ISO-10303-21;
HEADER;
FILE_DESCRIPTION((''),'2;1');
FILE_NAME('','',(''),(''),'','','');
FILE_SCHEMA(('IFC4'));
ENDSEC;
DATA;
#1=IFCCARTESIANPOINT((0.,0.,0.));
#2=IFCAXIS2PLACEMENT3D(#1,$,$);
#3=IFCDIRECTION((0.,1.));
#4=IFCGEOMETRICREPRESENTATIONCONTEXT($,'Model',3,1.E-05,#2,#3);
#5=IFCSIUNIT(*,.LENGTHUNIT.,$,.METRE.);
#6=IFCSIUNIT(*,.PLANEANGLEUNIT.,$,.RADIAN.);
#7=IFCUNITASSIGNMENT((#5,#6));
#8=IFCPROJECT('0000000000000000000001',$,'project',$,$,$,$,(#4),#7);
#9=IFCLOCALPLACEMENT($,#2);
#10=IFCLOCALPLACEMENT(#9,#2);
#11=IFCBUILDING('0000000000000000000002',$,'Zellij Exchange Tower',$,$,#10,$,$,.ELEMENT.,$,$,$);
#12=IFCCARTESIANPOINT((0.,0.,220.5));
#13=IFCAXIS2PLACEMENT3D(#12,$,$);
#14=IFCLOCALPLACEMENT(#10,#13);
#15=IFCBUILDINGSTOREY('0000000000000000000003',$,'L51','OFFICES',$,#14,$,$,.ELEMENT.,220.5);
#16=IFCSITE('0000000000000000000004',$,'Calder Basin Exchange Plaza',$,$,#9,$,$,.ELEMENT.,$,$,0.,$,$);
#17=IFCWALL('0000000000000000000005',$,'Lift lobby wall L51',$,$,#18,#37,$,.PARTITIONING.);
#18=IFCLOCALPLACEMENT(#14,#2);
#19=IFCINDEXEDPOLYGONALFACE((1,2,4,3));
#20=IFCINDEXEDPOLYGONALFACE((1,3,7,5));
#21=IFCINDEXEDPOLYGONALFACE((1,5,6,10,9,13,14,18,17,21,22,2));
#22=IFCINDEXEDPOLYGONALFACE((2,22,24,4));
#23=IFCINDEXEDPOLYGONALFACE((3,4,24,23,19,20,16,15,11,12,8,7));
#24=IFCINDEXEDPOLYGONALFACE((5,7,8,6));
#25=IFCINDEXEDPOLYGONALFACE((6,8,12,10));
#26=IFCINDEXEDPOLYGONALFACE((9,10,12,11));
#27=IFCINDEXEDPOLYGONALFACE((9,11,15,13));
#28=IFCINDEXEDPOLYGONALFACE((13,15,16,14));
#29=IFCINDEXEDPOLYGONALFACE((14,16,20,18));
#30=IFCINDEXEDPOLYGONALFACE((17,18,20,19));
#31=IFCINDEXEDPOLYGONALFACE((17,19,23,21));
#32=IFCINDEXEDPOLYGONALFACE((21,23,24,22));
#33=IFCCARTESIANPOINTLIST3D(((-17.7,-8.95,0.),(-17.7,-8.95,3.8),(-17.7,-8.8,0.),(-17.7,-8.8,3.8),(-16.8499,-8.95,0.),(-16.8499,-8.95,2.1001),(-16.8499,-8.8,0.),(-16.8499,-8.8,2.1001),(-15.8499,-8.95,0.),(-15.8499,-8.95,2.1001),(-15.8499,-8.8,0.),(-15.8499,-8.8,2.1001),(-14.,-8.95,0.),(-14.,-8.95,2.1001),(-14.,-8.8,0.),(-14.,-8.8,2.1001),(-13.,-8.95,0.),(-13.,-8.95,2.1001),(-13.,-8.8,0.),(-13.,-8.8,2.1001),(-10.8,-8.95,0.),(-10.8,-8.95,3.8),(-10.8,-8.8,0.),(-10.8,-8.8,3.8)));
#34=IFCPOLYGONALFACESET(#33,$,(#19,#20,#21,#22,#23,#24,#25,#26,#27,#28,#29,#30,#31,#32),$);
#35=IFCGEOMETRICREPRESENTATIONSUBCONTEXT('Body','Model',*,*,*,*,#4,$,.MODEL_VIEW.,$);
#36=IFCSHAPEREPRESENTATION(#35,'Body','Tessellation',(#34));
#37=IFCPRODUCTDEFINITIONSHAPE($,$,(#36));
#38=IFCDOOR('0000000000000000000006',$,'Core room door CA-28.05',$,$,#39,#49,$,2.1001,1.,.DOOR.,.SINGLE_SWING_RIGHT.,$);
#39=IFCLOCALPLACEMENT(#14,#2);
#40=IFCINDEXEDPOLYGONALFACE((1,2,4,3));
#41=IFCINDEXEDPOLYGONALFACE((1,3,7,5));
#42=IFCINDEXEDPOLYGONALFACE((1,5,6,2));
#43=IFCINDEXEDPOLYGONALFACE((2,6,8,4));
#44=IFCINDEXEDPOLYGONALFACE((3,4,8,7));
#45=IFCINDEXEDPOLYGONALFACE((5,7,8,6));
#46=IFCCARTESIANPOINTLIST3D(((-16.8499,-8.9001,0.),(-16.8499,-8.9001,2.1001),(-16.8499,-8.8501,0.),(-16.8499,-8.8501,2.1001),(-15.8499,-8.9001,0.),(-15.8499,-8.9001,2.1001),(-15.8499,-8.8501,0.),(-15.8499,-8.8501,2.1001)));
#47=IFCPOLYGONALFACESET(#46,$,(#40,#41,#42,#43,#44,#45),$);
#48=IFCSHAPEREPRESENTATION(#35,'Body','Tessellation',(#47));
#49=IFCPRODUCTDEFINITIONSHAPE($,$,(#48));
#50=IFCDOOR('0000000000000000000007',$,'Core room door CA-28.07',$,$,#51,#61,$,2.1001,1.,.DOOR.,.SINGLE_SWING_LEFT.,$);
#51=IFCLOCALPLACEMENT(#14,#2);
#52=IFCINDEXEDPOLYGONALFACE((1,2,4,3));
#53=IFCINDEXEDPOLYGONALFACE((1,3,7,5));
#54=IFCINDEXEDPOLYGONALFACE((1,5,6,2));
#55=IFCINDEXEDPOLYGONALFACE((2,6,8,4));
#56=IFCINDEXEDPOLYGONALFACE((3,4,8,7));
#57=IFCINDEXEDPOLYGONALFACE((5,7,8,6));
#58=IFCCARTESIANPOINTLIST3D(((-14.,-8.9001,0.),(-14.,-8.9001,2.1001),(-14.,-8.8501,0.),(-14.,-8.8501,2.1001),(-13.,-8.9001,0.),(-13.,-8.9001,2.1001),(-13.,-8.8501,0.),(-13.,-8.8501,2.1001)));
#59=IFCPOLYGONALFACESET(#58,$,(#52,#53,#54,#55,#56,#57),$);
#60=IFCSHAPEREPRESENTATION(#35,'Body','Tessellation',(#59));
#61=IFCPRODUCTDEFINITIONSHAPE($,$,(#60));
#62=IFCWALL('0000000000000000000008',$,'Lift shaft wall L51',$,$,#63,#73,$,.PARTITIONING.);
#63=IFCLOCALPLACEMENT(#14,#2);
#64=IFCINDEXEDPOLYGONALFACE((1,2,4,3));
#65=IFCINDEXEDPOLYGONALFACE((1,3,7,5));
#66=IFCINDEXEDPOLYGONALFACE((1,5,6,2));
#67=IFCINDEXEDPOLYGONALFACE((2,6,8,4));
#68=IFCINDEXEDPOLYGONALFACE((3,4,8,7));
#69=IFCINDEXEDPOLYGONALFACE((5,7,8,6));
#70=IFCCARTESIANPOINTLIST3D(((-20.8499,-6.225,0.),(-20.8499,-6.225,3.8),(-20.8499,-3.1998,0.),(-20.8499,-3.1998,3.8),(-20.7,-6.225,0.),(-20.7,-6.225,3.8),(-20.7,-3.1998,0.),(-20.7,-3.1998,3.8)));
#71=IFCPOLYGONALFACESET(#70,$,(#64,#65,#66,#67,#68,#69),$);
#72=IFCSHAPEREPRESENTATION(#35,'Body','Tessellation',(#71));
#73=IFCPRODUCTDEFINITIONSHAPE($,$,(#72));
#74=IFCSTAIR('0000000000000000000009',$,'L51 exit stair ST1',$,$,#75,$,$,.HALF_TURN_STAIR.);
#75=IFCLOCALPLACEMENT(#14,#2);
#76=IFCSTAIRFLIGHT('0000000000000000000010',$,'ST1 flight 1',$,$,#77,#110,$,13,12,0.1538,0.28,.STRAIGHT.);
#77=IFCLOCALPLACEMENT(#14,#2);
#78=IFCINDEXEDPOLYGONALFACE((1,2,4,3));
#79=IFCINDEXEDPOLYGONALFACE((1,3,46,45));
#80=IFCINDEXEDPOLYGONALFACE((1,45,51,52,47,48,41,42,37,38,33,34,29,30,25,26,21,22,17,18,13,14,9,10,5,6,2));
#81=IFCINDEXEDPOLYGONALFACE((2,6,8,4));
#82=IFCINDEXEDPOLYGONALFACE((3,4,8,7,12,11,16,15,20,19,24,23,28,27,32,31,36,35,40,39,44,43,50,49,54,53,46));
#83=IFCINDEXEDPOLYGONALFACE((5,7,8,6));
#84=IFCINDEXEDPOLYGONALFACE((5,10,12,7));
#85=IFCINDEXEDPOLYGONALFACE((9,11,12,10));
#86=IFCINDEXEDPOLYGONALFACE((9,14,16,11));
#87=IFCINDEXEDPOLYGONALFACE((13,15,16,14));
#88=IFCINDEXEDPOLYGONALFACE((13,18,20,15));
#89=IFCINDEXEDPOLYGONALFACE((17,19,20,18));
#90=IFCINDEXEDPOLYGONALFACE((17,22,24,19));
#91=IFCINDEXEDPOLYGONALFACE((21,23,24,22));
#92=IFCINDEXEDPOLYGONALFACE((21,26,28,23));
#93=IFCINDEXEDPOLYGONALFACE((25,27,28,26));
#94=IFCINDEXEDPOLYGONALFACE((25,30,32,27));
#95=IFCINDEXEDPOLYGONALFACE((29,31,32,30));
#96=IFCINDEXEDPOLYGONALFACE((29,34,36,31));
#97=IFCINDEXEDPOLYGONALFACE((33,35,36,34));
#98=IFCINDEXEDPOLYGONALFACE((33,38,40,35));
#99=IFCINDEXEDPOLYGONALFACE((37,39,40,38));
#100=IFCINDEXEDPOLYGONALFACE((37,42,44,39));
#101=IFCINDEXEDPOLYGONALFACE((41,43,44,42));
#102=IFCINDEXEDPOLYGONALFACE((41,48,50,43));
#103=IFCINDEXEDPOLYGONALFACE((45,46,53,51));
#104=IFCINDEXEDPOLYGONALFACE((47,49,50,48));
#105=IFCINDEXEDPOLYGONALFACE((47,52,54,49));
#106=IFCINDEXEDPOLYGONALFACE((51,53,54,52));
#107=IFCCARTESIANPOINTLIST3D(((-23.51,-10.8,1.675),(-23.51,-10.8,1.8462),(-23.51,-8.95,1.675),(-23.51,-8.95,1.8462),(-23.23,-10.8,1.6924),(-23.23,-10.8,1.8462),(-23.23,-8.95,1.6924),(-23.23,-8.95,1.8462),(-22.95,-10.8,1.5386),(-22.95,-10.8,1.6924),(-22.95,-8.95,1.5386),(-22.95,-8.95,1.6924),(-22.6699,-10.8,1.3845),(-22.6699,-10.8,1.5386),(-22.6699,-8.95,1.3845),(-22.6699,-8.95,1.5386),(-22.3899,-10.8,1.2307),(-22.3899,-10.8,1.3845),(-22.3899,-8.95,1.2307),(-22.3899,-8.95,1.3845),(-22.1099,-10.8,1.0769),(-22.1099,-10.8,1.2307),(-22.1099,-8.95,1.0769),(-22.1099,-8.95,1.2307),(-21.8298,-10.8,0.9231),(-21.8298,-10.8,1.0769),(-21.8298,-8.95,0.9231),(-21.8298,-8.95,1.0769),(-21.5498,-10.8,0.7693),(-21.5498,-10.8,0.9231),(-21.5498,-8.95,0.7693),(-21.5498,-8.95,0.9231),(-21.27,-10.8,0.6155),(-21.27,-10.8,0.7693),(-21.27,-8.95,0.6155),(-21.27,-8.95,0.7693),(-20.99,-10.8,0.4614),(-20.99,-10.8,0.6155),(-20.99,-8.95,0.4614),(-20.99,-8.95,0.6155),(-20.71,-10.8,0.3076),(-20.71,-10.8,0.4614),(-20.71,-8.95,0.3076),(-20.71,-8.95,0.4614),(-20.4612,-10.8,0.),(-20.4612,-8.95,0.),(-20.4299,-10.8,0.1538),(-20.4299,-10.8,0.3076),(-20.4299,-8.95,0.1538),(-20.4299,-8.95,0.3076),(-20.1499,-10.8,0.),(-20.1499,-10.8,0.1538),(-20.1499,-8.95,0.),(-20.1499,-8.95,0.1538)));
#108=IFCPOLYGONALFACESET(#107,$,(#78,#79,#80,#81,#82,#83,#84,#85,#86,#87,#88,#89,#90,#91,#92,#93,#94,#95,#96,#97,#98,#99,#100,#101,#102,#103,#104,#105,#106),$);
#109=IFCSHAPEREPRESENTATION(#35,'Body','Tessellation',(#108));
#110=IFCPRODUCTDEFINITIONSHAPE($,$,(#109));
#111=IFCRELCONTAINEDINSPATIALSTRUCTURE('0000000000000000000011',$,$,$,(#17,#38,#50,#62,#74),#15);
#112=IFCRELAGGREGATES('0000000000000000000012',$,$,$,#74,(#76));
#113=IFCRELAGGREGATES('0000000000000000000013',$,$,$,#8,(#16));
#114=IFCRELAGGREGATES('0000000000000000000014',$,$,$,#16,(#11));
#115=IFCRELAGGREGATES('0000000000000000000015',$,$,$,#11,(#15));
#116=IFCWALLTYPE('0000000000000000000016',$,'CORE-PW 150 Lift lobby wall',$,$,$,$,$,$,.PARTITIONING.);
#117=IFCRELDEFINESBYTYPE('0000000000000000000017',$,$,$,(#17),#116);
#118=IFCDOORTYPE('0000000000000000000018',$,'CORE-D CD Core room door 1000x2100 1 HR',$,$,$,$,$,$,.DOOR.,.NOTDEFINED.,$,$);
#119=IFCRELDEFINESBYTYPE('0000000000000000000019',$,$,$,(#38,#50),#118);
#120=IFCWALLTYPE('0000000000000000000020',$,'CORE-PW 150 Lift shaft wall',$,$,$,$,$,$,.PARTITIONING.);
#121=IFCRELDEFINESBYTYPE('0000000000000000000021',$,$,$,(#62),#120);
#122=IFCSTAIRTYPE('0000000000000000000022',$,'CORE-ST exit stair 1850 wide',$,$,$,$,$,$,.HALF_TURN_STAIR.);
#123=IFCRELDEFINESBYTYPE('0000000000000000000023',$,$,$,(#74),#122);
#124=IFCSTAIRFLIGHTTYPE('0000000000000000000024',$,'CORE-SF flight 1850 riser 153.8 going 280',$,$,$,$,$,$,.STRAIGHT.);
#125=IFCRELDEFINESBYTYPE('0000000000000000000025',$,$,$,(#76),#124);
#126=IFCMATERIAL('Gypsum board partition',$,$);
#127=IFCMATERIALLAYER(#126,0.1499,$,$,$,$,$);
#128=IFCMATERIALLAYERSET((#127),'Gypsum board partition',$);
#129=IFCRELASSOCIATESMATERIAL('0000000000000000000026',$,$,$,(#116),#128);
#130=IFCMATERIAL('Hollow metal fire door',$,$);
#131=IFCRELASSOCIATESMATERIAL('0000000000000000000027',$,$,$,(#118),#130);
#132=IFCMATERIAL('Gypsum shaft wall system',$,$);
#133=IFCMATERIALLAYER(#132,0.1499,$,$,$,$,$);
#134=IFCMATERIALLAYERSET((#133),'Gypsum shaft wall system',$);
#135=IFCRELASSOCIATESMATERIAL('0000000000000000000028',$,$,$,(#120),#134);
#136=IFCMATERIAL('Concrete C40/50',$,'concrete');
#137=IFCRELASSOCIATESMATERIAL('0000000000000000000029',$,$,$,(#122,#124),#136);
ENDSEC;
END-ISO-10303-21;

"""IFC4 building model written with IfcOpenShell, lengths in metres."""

from ifc_helpers import new_model, si_unit, direction, frame, frame_2d, origin, place, context, subcontext, project, spatial, polyline, rectangle, outline, extrude, material, layer, layer_set, type_object, element, fill, aggregate, save


model = new_model("IFC4")

# Units and contexts
model_context = context("Model", 3, precision=1e-05, world=origin(), true_north=direction((0.0, 1.0)))
body_context = subcontext(model_context, "Body", "Model", "MODEL_VIEW")
ifc_project = project(units=[si_unit("LENGTHUNIT", "METRE"), si_unit("PLANEANGLEUNIT", "RADIAN")], contexts=[model_context])

# Site, building, storey
site_placement = place(None, origin())
site = spatial("IfcSite", under=ifc_project, at=site_placement, Name="Calder Basin Exchange Plaza", CompositionType="ELEMENT", RefElevation=0.0)
building_placement = place(site_placement, origin())
building = spatial("IfcBuilding", under=site, at=building_placement, Name="Zellij Exchange Tower", CompositionType="ELEMENT")
storey_placement = place(building_placement, frame((0.0, 0.0, 220.5)))
storey = spatial("IfcBuildingStorey", under=building, at=storey_placement, Name="L51", Description="OFFICES", CompositionType="ELEMENT", Elevation=220.5)

# Shared definitions
ifc_material_1 = material(Name="Gypsum board partition")
ifc_layer_1 = layer(ifc_material_1, 0.1499)
ifc_layer_set_1 = layer_set([ifc_layer_1], Name="Gypsum board partition")
wall_type_1 = type_object("IfcWallType", Name="CORE-PW 150 Lift lobby wall", PredefinedType="PARTITIONING", material=ifc_layer_set_1)

# Shared definitions
ifc_material_2 = material(Name="Hollow metal fire door")

# Wall, openings, doors
door_type_1 = type_object("IfcDoorType", Name="CORE-D CD Core room door 1000x2100 1 HR", OperationType="NOTDEFINED", PredefinedType="DOOR", material=ifc_material_2)
wall_1_placement = place(storey_placement, frame((-17.7, -8.875, 0.0), z_axis=(0.0, 0.0, 1.0), x_axis=(1.0, 0.0, 0.0)))
wall_1 = element("IfcWall", 1, at=wall_1_placement, inside=storey, type_object=wall_type_1, Name="Lift lobby wall L51", PredefinedType="PARTITIONING", context=body_context, shape_type="SweptSolid", body=[
    extrude(rectangle(XDim=6.8999, YDim=0.1499, at=frame_2d((3.45, 0.0))), origin(), (0.0, 0.0, 1.0), 3.8),
])
opening_1_placement = place(wall_1_placement, frame((0.8501, 0.0, 0.0)))
opening_1 = element("IfcOpeningElement", 2, at=opening_1_placement, cuts=wall_1, PredefinedType="OPENING", context=body_context, shape_type="SweptSolid", body=[
    extrude(rectangle(XDim=1.0, YDim=2.1001, at=frame_2d((0.5, 1.05))), frame((0.0, 0.0869, 0.0), z_axis=(0.0, -1.0, 0.0), x_axis=(1.0, 0.0, 0.0)), (0.0, 0.0, 1.0), 0.1738),
])
opening_2_placement = place(wall_1_placement, frame((3.7, 0.0, 0.0)))
opening_2 = element("IfcOpeningElement", 3, at=opening_2_placement, cuts=wall_1, PredefinedType="OPENING", context=body_context, shape_type="SweptSolid", body=[
    extrude(rectangle(XDim=1.0, YDim=2.1001, at=frame_2d((0.5, 1.05))), frame((0.0, 0.0869, 0.0), z_axis=(0.0, -1.0, 0.0), x_axis=(1.0, 0.0, 0.0)), (0.0, 0.0, 1.0), 0.1738),
])
door_1_placement = place(opening_1_placement, origin())
door_1 = element("IfcDoor", 4, at=door_1_placement, inside=storey, type_object=door_type_1, Name="Core room door CA-28.05", OperationType="SINGLE_SWING_RIGHT", OverallHeight=2.1001, OverallWidth=1.0, PredefinedType="DOOR", context=body_context, shape_type="SweptSolid", body=[
    extrude(rectangle(XDim=1.0, YDim=2.1001, at=frame_2d((0.5, 1.05))), frame((0.0, 0.0249, 0.0), z_axis=(0.0, -1.0, 0.0), x_axis=(1.0, 0.0, 0.0)), (0.0, 0.0, 1.0), 0.05),
])
fill(opening_1, door_1)
door_2_placement = place(opening_2_placement, origin())
door_2 = element("IfcDoor", 5, at=door_2_placement, inside=storey, type_object=door_type_1, Name="Core room door CA-28.07", OperationType="SINGLE_SWING_LEFT", OverallHeight=2.1001, OverallWidth=1.0, PredefinedType="DOOR", context=body_context, shape_type="SweptSolid", body=[
    extrude(rectangle(XDim=1.0, YDim=2.1001, at=frame_2d((0.5, 1.05))), frame((0.0, 0.0249, 0.0), z_axis=(0.0, -1.0, 0.0), x_axis=(1.0, 0.0, 0.0)), (0.0, 0.0, 1.0), 0.05),
])
fill(opening_2, door_2)

# Wall
ifc_material_3 = material(Name="Gypsum shaft wall system")
ifc_layer_2 = layer(ifc_material_3, 0.1499)
ifc_layer_set_2 = layer_set([ifc_layer_2], Name="Gypsum shaft wall system")
wall_type_2 = type_object("IfcWallType", Name="CORE-PW 150 Lift shaft wall", PredefinedType="PARTITIONING", material=ifc_layer_set_2)
wall_2_placement = place(storey_placement, frame((-20.7749, -6.2251, 0.0), z_axis=(0.0, 0.0, 1.0), x_axis=(0.0, 1.0, 0.0)))
element("IfcWall", 6, at=wall_2_placement, inside=storey, type_object=wall_type_2, Name="Lift shaft wall L51", PredefinedType="PARTITIONING", context=body_context, shape_type="SweptSolid", body=[
    extrude(rectangle(XDim=3.0251, YDim=0.1499, at=frame_2d((1.5127, 0.0))), origin(), (0.0, 0.0, 1.0), 3.8),
])

# Stair, stair flight
ifc_material_4 = material(Name="Concrete C40/50", Category="concrete")
stair_type = type_object("IfcStairType", Name="CORE-ST exit stair 1850 wide", PredefinedType="HALF_TURN_STAIR", material=ifc_material_4)
stair_placement = place(storey_placement, origin())
stair = element("IfcStair", 7, at=stair_placement, inside=storey, type_object=stair_type, Name="L51 exit stair ST1", PredefinedType="HALF_TURN_STAIR")
stair_flight_type = type_object("IfcStairFlightType", Name="CORE-SF flight 1850 riser 153.8 going 280", PredefinedType="STRAIGHT", material=ifc_material_4)
stair_flight_placement = place(storey_placement, frame((-20.1499, -9.875, 0.0), z_axis=(0.0, 0.0, 1.0), x_axis=(-1.0, 0.0, 0.0)))
stair_flight = element("IfcStairFlight", 8, at=stair_flight_placement, type_object=stair_flight_type, Name="ST1 flight 1", NumberOfRisers=13, NumberOfTreads=12, PredefinedType="STRAIGHT", RiserHeight=0.1538, TreadLength=0.28, context=body_context, shape_type="SweptSolid", body=[
    extrude(outline(polyline([(0.0, 0.0), (0.0, 0.1538), (0.28, 0.1538), (0.28, 0.3076), (0.5601, 0.3076), (0.5601, 0.4614), (0.8401, 0.4614), (0.8401, 0.6155), (1.1201, 0.6155), (1.1201, 0.7693), (1.3999, 0.7693), (1.3999, 0.9231), (1.6799, 0.9231), (1.6799, 1.0769), (1.96, 1.0769), (1.96, 1.2307), (2.24, 1.2307), (2.24, 1.3845), (2.52, 1.3845), (2.52, 1.5386), (2.8, 1.5386), (2.8, 1.6924), (3.0801, 1.6924), (3.0801, 1.8462), (3.3601, 1.8462), (3.3601, 2.0), (3.3601, 1.675), (0.3113, 0.0), (0.0, 0.0)])), frame((0.0, 0.925, 0.0), z_axis=(0.0, -1.0, 0.0), x_axis=(1.0, 0.0, 0.0)), (0.0, 0.0, 1.0), 1.8501),
])
aggregate(stair, [stair_flight])

save(model, "model.ifc")
